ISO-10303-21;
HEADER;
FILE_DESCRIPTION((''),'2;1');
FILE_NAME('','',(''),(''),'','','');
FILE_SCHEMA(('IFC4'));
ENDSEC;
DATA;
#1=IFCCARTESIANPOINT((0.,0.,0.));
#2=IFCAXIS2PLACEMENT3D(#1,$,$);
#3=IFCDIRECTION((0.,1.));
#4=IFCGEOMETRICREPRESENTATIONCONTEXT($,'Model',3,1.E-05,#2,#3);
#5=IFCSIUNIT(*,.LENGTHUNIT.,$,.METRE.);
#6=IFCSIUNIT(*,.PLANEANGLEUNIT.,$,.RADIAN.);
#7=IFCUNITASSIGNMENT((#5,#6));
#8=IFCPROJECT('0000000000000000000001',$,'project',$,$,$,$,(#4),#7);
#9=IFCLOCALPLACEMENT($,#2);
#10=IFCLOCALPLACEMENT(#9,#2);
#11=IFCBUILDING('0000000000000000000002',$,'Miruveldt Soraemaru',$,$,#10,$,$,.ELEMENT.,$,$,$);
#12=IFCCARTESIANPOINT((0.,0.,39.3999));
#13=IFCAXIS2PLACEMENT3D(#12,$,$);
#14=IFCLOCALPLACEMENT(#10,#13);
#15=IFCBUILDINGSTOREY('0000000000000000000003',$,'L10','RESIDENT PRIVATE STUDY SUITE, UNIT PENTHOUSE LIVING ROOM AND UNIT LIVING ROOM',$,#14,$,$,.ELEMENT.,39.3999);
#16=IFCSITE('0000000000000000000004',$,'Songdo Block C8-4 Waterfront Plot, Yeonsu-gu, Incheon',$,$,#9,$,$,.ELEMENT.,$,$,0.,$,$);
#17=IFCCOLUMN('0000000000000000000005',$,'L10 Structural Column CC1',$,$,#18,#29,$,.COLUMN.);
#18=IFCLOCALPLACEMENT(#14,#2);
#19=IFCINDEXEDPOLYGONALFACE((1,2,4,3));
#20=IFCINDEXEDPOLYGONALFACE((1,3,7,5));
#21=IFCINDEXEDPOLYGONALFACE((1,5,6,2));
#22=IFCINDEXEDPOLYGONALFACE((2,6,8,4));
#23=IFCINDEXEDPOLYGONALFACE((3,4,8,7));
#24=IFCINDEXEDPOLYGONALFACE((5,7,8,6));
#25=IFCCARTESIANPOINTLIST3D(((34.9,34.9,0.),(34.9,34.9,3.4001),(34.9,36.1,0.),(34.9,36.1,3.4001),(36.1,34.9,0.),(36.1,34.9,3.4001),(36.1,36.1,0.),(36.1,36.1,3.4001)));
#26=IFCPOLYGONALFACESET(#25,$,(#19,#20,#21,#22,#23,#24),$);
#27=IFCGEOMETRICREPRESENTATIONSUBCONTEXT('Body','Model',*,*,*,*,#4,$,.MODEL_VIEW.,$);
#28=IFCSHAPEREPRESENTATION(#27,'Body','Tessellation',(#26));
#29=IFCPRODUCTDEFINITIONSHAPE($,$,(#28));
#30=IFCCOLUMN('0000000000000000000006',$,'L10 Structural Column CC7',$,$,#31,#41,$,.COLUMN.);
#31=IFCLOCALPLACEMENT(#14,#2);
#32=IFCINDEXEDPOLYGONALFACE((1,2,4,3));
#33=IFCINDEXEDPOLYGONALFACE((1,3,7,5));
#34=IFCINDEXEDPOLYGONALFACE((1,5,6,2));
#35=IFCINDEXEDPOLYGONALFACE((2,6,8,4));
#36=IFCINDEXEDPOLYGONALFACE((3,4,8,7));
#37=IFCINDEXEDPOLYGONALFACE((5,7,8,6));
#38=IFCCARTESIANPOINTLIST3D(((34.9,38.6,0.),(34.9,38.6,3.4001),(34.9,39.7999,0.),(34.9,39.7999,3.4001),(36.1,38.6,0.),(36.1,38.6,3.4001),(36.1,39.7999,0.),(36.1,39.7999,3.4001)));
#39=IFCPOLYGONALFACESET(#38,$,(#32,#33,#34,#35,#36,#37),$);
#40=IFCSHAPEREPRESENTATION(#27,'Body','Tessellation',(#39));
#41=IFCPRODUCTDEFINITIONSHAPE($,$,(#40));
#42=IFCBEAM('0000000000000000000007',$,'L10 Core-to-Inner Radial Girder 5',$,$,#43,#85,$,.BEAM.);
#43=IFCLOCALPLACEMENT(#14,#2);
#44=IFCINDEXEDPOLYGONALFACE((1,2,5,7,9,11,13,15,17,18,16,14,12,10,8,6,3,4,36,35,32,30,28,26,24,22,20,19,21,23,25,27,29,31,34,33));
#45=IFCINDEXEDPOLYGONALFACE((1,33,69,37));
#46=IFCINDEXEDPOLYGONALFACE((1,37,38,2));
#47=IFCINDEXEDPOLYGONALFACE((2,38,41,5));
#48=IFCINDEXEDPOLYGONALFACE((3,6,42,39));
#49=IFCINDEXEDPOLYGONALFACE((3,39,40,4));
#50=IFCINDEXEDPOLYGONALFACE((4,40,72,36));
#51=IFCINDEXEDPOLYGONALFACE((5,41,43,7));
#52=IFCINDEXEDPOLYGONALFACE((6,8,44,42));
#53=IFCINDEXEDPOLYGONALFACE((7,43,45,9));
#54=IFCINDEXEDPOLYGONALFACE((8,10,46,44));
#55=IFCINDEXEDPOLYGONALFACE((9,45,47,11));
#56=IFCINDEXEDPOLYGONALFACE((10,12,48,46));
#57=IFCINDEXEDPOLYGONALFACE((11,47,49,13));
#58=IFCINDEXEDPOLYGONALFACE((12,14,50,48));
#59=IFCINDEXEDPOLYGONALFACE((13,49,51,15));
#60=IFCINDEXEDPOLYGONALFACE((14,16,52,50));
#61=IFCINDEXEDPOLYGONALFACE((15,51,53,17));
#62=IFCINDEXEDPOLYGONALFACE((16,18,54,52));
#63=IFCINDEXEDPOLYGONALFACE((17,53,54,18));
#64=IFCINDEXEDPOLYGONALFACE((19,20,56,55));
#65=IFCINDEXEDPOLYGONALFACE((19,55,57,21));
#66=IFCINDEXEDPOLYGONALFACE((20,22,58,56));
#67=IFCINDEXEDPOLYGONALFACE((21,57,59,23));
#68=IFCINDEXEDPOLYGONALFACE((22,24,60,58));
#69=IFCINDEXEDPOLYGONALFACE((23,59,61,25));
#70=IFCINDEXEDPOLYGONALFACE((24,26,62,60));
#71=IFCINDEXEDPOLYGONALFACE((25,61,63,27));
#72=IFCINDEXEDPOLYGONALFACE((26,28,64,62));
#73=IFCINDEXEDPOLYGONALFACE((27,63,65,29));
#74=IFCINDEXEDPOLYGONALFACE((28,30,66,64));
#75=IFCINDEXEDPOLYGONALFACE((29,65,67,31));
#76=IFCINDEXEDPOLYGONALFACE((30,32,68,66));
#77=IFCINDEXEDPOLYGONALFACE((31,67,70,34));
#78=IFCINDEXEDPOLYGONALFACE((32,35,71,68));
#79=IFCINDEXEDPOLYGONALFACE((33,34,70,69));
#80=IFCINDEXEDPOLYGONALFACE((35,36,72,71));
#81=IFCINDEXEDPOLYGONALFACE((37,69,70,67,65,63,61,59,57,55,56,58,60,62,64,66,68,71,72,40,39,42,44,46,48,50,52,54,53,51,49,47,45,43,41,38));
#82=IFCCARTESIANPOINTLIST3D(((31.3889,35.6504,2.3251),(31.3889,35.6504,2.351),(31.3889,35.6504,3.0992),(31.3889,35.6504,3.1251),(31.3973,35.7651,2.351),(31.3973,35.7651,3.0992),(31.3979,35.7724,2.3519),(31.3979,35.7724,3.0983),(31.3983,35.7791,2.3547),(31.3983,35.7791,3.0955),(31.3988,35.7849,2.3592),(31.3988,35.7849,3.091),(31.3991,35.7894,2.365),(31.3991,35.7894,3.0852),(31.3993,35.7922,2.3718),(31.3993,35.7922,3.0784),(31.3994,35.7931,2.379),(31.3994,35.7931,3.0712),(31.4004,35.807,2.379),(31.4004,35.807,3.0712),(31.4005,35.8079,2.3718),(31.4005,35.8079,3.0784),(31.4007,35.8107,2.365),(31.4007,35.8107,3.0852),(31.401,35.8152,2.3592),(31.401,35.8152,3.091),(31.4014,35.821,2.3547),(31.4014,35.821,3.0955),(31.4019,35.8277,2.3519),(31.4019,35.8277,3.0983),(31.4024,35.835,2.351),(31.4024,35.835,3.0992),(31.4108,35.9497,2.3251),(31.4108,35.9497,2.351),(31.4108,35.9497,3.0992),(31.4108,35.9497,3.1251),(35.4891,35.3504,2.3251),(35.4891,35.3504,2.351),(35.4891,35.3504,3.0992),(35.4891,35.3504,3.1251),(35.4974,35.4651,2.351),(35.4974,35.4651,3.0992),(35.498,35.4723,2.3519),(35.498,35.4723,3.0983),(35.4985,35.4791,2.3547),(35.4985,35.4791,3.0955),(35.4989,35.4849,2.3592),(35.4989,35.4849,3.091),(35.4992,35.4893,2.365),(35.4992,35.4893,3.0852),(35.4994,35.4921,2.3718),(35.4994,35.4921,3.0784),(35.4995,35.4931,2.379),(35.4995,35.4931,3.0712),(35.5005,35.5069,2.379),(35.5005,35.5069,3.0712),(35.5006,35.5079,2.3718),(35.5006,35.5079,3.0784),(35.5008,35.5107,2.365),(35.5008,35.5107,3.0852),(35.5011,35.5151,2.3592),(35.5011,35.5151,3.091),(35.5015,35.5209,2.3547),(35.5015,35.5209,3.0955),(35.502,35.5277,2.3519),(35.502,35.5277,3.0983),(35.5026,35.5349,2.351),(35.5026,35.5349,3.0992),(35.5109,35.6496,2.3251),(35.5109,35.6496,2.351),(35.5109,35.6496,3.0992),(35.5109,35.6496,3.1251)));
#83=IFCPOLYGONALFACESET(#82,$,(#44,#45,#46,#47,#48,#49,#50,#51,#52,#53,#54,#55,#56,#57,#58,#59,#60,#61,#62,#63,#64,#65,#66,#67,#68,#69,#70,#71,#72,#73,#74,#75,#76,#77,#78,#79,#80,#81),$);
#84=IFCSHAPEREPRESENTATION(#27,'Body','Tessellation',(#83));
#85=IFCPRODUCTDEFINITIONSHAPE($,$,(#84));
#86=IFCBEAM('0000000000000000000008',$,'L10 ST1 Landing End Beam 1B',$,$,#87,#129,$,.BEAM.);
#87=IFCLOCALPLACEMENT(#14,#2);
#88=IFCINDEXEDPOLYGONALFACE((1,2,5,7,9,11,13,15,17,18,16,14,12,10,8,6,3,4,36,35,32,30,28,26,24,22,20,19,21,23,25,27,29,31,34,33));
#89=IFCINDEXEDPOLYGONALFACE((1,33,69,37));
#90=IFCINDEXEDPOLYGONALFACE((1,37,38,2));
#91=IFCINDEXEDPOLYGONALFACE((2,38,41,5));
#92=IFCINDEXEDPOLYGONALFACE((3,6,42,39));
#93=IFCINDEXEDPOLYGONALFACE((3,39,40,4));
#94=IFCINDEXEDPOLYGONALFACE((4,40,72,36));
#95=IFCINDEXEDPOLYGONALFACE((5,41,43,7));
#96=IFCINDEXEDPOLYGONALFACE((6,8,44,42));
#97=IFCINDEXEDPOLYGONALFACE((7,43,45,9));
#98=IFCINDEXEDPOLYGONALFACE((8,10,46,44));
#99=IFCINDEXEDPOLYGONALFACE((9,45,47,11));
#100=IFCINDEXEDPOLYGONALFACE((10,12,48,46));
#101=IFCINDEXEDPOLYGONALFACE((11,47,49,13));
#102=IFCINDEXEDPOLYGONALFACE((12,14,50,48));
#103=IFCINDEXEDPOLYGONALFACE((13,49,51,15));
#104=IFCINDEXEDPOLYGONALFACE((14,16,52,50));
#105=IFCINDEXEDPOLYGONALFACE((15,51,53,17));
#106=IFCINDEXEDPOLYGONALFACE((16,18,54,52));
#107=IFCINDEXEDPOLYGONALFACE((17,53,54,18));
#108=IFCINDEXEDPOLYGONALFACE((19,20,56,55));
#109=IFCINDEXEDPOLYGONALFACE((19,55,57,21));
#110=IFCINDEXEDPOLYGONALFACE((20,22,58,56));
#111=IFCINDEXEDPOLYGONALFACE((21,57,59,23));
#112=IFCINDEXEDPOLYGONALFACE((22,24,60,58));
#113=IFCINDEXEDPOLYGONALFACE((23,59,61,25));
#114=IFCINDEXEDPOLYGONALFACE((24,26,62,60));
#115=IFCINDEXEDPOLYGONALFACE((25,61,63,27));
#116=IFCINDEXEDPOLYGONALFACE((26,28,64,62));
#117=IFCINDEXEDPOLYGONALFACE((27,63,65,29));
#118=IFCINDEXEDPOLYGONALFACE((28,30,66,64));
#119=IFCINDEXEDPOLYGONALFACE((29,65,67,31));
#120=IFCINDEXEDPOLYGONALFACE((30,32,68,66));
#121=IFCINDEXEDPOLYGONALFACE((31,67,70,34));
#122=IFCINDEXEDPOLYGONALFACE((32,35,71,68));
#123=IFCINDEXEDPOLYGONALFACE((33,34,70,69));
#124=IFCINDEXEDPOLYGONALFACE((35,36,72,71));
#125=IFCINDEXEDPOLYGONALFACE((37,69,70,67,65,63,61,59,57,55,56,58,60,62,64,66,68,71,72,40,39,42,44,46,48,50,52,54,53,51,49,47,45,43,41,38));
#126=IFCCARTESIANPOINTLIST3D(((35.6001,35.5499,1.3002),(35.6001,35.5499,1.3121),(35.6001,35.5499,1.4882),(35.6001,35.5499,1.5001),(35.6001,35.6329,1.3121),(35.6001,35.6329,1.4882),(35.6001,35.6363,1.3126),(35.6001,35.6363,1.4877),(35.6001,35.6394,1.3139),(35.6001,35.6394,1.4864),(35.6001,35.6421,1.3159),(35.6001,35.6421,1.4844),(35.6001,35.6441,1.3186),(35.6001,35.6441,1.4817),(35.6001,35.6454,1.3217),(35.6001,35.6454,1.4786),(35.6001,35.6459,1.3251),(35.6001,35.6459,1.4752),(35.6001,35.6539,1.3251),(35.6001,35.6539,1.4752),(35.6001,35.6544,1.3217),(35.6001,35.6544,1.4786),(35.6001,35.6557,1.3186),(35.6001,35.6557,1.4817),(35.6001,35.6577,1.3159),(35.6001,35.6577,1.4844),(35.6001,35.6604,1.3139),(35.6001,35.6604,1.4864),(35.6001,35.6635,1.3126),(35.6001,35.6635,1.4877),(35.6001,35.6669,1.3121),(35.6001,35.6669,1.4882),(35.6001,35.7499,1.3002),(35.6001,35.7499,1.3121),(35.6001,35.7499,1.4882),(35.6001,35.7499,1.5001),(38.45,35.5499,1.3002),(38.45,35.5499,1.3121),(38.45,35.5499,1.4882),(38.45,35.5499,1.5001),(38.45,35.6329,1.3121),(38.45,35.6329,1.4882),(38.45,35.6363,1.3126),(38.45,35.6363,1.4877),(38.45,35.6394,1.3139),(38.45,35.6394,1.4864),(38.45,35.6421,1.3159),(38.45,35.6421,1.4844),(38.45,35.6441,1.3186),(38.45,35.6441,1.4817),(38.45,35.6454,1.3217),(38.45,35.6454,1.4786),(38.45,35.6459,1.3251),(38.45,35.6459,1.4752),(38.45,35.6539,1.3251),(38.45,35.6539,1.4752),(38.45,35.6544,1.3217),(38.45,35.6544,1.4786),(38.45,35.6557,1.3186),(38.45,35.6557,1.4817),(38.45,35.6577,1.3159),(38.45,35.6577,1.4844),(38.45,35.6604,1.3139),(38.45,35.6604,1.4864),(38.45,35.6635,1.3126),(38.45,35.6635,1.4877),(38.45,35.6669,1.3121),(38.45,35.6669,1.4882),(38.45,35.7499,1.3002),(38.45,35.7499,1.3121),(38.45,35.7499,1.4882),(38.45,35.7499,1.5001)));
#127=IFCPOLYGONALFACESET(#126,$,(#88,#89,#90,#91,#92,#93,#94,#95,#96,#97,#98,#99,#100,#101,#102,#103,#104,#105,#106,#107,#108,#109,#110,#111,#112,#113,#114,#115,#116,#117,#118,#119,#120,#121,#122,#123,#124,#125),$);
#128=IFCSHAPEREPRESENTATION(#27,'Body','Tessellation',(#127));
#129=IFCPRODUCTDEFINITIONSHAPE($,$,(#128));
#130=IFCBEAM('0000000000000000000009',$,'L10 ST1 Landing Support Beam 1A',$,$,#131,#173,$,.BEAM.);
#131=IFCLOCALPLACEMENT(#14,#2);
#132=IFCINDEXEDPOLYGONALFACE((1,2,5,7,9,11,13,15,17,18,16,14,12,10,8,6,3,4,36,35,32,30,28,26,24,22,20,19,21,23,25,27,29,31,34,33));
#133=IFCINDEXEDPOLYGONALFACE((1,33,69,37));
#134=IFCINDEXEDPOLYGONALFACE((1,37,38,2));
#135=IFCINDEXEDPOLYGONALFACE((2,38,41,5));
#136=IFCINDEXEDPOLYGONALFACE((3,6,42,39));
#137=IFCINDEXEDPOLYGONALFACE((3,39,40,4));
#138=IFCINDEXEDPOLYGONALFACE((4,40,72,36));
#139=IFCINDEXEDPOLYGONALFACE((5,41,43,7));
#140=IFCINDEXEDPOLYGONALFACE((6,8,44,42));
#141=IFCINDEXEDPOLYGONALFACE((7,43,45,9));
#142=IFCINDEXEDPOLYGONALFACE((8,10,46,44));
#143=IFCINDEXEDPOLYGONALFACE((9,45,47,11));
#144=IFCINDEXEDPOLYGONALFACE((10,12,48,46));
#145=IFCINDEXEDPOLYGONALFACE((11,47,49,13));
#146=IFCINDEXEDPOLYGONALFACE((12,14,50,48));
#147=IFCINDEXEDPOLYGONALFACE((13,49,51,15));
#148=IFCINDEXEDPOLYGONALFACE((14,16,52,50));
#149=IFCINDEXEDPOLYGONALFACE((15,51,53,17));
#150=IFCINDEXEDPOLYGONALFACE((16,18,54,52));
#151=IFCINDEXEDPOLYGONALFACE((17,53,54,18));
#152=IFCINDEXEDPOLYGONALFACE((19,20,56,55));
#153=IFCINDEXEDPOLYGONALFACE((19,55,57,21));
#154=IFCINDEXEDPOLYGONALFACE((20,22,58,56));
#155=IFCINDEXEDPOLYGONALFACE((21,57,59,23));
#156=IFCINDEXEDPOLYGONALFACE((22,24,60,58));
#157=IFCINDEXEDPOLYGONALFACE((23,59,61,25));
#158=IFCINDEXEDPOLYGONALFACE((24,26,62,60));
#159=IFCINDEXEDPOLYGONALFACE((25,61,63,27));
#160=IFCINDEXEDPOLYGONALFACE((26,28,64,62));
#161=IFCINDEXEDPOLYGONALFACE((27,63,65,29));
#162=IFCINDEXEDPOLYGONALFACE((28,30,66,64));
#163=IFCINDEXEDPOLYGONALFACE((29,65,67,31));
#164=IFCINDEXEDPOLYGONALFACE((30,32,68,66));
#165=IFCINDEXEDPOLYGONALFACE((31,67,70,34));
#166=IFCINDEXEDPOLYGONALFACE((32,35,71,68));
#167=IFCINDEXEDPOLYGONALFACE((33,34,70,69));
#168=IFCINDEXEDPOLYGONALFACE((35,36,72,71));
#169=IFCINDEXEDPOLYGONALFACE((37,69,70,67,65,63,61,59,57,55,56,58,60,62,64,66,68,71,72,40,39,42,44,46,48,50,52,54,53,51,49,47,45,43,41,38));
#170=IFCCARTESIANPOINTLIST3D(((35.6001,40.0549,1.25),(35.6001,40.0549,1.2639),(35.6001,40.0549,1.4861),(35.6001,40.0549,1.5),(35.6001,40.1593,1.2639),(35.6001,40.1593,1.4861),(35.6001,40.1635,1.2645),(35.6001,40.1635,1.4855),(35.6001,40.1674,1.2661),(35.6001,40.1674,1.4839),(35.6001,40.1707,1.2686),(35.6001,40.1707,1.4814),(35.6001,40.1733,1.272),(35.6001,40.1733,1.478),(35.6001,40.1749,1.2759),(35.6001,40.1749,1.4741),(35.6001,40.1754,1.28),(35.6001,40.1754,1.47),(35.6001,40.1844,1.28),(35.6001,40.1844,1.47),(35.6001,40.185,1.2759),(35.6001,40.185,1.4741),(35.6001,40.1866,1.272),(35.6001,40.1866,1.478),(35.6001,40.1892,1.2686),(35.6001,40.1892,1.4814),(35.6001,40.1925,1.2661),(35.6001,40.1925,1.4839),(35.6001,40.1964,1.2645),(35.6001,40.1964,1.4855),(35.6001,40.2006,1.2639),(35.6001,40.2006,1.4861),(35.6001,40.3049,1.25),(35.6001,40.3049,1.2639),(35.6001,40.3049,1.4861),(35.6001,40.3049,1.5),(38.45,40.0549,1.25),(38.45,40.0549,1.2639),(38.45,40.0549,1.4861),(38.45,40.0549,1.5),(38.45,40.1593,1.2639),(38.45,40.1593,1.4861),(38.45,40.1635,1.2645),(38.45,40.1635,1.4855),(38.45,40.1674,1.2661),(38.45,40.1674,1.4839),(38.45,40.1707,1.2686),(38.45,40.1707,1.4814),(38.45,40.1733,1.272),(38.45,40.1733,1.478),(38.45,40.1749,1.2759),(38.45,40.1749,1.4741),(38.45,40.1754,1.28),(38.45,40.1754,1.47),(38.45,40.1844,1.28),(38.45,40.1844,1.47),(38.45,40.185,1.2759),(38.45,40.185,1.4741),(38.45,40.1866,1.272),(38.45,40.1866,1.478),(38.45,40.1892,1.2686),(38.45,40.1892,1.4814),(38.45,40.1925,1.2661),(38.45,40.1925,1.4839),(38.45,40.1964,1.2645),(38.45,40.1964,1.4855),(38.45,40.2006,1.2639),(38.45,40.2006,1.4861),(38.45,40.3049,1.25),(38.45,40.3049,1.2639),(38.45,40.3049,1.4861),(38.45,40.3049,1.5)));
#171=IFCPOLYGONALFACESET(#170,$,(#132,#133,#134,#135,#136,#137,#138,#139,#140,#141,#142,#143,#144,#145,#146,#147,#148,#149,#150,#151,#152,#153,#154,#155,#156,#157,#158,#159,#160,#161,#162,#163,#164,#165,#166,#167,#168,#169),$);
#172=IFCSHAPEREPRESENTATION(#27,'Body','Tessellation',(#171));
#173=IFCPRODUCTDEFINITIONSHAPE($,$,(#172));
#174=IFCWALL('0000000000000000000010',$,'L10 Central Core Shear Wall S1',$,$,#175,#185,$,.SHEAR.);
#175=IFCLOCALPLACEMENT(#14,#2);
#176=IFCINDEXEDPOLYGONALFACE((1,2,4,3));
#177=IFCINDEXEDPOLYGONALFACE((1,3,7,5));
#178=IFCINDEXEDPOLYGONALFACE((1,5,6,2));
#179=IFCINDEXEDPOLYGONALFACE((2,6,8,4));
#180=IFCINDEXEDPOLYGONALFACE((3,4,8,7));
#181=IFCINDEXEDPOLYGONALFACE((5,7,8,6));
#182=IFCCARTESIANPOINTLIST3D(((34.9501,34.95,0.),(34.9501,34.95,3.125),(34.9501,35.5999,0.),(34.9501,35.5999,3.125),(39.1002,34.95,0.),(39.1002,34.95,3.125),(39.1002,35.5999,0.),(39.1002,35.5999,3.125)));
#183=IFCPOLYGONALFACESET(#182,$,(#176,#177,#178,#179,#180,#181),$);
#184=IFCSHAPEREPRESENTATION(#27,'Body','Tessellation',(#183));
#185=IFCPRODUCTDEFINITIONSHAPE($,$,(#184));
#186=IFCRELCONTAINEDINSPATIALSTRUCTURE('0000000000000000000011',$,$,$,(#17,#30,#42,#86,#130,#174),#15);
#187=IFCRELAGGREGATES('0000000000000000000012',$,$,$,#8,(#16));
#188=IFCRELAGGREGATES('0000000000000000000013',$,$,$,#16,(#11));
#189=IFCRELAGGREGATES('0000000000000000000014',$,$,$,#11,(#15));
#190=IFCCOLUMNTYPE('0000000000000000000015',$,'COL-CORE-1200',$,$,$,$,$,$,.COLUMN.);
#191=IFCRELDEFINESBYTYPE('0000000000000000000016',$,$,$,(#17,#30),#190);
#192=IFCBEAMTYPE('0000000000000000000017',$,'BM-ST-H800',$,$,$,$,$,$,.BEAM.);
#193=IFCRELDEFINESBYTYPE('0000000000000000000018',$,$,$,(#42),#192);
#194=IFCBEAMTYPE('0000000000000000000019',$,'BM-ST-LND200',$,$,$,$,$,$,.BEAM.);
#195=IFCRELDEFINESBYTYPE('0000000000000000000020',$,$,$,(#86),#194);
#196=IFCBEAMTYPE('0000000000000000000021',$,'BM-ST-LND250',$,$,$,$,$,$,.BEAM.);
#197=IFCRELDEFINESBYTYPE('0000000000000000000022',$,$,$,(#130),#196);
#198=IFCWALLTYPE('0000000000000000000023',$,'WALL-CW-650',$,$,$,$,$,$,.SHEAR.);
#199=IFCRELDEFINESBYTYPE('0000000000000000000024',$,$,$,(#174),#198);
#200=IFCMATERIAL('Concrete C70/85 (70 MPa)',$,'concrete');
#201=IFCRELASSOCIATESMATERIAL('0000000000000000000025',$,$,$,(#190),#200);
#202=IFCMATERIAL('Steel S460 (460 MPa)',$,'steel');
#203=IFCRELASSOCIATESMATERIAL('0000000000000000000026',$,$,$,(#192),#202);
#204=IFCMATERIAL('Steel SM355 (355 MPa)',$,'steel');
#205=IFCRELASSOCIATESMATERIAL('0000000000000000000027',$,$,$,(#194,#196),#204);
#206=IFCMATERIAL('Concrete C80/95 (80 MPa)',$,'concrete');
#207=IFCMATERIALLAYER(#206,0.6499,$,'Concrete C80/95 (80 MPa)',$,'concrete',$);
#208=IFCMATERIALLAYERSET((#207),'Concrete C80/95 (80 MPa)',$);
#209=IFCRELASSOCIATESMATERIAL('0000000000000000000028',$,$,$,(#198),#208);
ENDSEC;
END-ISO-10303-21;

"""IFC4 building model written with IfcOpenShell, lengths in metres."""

from ifc_helpers import new_model, si_unit, direction, frame, frame_2d, origin, origin_2d, place, context, subcontext, project, spatial, rectangle, i_section, extrude, material, layer, layer_set, material_profile, profile_set, type_object, element, save


model = new_model("IFC4")

# Units and contexts
model_context = context("Model", 3, precision=1e-05, world=origin(), true_north=direction((0.0, 1.0)))
body_context = subcontext(model_context, "Body", "Model", "MODEL_VIEW")
ifc_project = project(units=[si_unit("LENGTHUNIT", "METRE"), si_unit("PLANEANGLEUNIT", "RADIAN")], contexts=[model_context])

# Site, building, storey
site_placement = place(None, origin())
site = spatial("IfcSite", under=ifc_project, at=site_placement, Name="Songdo Block C8-4 Waterfront Plot, Yeonsu-gu, Incheon", CompositionType="ELEMENT", RefElevation=0.0)
building_placement = place(site_placement, origin())
building = spatial("IfcBuilding", under=site, at=building_placement, Name="Miruveldt Soraemaru", CompositionType="ELEMENT")
storey_placement = place(building_placement, frame((0.0, 0.0, 39.3999)))
storey = spatial("IfcBuildingStorey", under=building, at=storey_placement, Name="L10", Description="RESIDENT PRIVATE STUDY SUITE, UNIT PENTHOUSE LIVING ROOM AND UNIT LIVING ROOM", CompositionType="ELEMENT", Elevation=39.3999)

# Columns
ifc_material_1 = material(Name="Concrete C70/85 (70 MPa)", Category="concrete")
ifc_material_profile_1 = material_profile(ifc_material_1, rectangle(XDim=1.2, YDim=1.2, at=origin_2d()), Name="Concrete C70/85 (70 MPa)", Category="concrete")
ifc_profile_set_1 = profile_set([ifc_material_profile_1], Name="Concrete C70/85 (70 MPa)")
column_type = type_object("IfcColumnType", Name="COL-CORE-1200", PredefinedType="COLUMN", material=ifc_profile_set_1)
for number, where, z_axis, x_axis, name in (
    (1, (35.5, 35.5, 0.0), (0.0, 0.0, 1.0), (1.0, 0.0, 0.0), "L10 Structural Column CC1"),
    (2, (35.5, 39.2, 0.0), (0.0, 0.0, 1.0), (1.0, 0.0, 0.0), "L10 Structural Column CC7"),
):
    element("IfcColumn", number, at=place(storey_placement, frame(where, z_axis=z_axis, x_axis=x_axis)), inside=storey, type_object=column_type, Name=name, PredefinedType="COLUMN", context=body_context, shape_type="SweptSolid", body=[
        extrude(rectangle(XDim=1.2, YDim=1.2, at=origin_2d()), origin(), (0.0, 0.0, 1.0), 3.4001),
    ])

# Beams
ifc_material_2 = material(Name="Steel S460 (460 MPa)", Category="steel")
ifc_material_profile_2 = material_profile(ifc_material_2, i_section(OverallWidth=0.3, OverallDepth=0.8, WebThickness=0.0139, FlangeThickness=0.0259, FilletRadius=0.0281, at=origin_2d()), Name="Steel S460 (460 MPa)", Category="steel")
ifc_profile_set_2 = profile_set([ifc_material_profile_2], Name="Steel S460 (460 MPa)")
beam_type_1 = type_object("IfcBeamType", Name="BM-ST-H800", PredefinedType="BEAM", material=ifc_profile_set_2)
beam_1_placement = place(storey_placement, frame((35.5, 35.5, 2.7251), z_axis=(-0.997333, 0.072986, 0.0), x_axis=(-0.072986, -0.997333, 0.0)))
element("IfcBeam", 3, at=beam_1_placement, inside=storey, type_object=beam_type_1, Name="L10 Core-to-Inner Radial Girder 5", PredefinedType="BEAM", context=body_context, shape_type="SweptSolid", body=[
    extrude(i_section(OverallWidth=0.3, OverallDepth=0.8, WebThickness=0.0139, FlangeThickness=0.0259, FilletRadius=0.0281, at=origin_2d()), origin(), (0.0, 0.0, 1.0), 4.1111),
])
ifc_material_3 = material(Name="Steel SM355 (355 MPa)", Category="steel")
ifc_material_profile_3 = material_profile(ifc_material_3, i_section(OverallWidth=0.2, OverallDepth=0.2, WebThickness=0.0081, FlangeThickness=0.012, FilletRadius=0.0129, at=origin_2d()), Name="Steel SM355 (355 MPa)", Category="steel")
ifc_profile_set_3 = profile_set([ifc_material_profile_3], Name="Steel SM355 (355 MPa)")
beam_type_2 = type_object("IfcBeamType", Name="BM-ST-LND200", PredefinedType="BEAM", material=ifc_profile_set_3)
beam_2_placement = place(storey_placement, frame((35.6001, 35.6499, 1.4001), z_axis=(1.0, 0.0, 0.0), x_axis=(0.0, 1.0, 0.0)))
element("IfcBeam", 4, at=beam_2_placement, inside=storey, type_object=beam_type_2, Name="L10 ST1 Landing End Beam 1B", PredefinedType="BEAM", context=body_context, shape_type="SweptSolid", body=[
    extrude(i_section(OverallWidth=0.2, OverallDepth=0.2, WebThickness=0.0081, FlangeThickness=0.012, FilletRadius=0.0129, at=origin_2d()), origin(), (0.0, 0.0, 1.0), 2.8499),
])
ifc_material_profile_4 = material_profile(ifc_material_3, i_section(OverallWidth=0.25, OverallDepth=0.25, WebThickness=0.009, FlangeThickness=0.0139, FilletRadius=0.0161, at=origin_2d()), Name="Steel SM355 (355 MPa)", Category="steel")
ifc_profile_set_4 = profile_set([ifc_material_profile_4], Name="Steel SM355 (355 MPa)")
beam_type_3 = type_object("IfcBeamType", Name="BM-ST-LND250", PredefinedType="BEAM", material=ifc_profile_set_4)
beam_3_placement = place(storey_placement, frame((35.6001, 40.1799, 1.375), z_axis=(1.0, 0.0, 0.0), x_axis=(0.0, 1.0, 0.0)))
element("IfcBeam", 5, at=beam_3_placement, inside=storey, type_object=beam_type_3, Name="L10 ST1 Landing Support Beam 1A", PredefinedType="BEAM", context=body_context, shape_type="SweptSolid", body=[
    extrude(i_section(OverallWidth=0.25, OverallDepth=0.25, WebThickness=0.009, FlangeThickness=0.0139, FilletRadius=0.0161, at=origin_2d()), origin(), (0.0, 0.0, 1.0), 2.8499),
])

# Wall
ifc_material_4 = material(Name="Concrete C80/95 (80 MPa)", Category="concrete")
ifc_layer_1 = layer(ifc_material_4, 0.6499, Name="Concrete C80/95 (80 MPa)", Category="concrete")
ifc_layer_set_1 = layer_set([ifc_layer_1], Name="Concrete C80/95 (80 MPa)")
wall_type_1 = type_object("IfcWallType", Name="WALL-CW-650", PredefinedType="SHEAR", material=ifc_layer_set_1)
wall_1_placement = place(storey_placement, frame((34.95, 35.2749, 0.0), z_axis=(0.0, 0.0, 1.0), x_axis=(1.0, 0.0, 0.0)))
element("IfcWall", 6, at=wall_1_placement, inside=storey, type_object=wall_type_1, Name="L10 Central Core Shear Wall S1", PredefinedType="SHEAR", context=body_context, shape_type="SweptSolid", body=[
    extrude(rectangle(XDim=4.1501, YDim=0.6499, at=frame_2d((2.0752, 0.0))), origin(), (0.0, 0.0, 1.0), 3.125),
])

save(model, "model.ifc")
